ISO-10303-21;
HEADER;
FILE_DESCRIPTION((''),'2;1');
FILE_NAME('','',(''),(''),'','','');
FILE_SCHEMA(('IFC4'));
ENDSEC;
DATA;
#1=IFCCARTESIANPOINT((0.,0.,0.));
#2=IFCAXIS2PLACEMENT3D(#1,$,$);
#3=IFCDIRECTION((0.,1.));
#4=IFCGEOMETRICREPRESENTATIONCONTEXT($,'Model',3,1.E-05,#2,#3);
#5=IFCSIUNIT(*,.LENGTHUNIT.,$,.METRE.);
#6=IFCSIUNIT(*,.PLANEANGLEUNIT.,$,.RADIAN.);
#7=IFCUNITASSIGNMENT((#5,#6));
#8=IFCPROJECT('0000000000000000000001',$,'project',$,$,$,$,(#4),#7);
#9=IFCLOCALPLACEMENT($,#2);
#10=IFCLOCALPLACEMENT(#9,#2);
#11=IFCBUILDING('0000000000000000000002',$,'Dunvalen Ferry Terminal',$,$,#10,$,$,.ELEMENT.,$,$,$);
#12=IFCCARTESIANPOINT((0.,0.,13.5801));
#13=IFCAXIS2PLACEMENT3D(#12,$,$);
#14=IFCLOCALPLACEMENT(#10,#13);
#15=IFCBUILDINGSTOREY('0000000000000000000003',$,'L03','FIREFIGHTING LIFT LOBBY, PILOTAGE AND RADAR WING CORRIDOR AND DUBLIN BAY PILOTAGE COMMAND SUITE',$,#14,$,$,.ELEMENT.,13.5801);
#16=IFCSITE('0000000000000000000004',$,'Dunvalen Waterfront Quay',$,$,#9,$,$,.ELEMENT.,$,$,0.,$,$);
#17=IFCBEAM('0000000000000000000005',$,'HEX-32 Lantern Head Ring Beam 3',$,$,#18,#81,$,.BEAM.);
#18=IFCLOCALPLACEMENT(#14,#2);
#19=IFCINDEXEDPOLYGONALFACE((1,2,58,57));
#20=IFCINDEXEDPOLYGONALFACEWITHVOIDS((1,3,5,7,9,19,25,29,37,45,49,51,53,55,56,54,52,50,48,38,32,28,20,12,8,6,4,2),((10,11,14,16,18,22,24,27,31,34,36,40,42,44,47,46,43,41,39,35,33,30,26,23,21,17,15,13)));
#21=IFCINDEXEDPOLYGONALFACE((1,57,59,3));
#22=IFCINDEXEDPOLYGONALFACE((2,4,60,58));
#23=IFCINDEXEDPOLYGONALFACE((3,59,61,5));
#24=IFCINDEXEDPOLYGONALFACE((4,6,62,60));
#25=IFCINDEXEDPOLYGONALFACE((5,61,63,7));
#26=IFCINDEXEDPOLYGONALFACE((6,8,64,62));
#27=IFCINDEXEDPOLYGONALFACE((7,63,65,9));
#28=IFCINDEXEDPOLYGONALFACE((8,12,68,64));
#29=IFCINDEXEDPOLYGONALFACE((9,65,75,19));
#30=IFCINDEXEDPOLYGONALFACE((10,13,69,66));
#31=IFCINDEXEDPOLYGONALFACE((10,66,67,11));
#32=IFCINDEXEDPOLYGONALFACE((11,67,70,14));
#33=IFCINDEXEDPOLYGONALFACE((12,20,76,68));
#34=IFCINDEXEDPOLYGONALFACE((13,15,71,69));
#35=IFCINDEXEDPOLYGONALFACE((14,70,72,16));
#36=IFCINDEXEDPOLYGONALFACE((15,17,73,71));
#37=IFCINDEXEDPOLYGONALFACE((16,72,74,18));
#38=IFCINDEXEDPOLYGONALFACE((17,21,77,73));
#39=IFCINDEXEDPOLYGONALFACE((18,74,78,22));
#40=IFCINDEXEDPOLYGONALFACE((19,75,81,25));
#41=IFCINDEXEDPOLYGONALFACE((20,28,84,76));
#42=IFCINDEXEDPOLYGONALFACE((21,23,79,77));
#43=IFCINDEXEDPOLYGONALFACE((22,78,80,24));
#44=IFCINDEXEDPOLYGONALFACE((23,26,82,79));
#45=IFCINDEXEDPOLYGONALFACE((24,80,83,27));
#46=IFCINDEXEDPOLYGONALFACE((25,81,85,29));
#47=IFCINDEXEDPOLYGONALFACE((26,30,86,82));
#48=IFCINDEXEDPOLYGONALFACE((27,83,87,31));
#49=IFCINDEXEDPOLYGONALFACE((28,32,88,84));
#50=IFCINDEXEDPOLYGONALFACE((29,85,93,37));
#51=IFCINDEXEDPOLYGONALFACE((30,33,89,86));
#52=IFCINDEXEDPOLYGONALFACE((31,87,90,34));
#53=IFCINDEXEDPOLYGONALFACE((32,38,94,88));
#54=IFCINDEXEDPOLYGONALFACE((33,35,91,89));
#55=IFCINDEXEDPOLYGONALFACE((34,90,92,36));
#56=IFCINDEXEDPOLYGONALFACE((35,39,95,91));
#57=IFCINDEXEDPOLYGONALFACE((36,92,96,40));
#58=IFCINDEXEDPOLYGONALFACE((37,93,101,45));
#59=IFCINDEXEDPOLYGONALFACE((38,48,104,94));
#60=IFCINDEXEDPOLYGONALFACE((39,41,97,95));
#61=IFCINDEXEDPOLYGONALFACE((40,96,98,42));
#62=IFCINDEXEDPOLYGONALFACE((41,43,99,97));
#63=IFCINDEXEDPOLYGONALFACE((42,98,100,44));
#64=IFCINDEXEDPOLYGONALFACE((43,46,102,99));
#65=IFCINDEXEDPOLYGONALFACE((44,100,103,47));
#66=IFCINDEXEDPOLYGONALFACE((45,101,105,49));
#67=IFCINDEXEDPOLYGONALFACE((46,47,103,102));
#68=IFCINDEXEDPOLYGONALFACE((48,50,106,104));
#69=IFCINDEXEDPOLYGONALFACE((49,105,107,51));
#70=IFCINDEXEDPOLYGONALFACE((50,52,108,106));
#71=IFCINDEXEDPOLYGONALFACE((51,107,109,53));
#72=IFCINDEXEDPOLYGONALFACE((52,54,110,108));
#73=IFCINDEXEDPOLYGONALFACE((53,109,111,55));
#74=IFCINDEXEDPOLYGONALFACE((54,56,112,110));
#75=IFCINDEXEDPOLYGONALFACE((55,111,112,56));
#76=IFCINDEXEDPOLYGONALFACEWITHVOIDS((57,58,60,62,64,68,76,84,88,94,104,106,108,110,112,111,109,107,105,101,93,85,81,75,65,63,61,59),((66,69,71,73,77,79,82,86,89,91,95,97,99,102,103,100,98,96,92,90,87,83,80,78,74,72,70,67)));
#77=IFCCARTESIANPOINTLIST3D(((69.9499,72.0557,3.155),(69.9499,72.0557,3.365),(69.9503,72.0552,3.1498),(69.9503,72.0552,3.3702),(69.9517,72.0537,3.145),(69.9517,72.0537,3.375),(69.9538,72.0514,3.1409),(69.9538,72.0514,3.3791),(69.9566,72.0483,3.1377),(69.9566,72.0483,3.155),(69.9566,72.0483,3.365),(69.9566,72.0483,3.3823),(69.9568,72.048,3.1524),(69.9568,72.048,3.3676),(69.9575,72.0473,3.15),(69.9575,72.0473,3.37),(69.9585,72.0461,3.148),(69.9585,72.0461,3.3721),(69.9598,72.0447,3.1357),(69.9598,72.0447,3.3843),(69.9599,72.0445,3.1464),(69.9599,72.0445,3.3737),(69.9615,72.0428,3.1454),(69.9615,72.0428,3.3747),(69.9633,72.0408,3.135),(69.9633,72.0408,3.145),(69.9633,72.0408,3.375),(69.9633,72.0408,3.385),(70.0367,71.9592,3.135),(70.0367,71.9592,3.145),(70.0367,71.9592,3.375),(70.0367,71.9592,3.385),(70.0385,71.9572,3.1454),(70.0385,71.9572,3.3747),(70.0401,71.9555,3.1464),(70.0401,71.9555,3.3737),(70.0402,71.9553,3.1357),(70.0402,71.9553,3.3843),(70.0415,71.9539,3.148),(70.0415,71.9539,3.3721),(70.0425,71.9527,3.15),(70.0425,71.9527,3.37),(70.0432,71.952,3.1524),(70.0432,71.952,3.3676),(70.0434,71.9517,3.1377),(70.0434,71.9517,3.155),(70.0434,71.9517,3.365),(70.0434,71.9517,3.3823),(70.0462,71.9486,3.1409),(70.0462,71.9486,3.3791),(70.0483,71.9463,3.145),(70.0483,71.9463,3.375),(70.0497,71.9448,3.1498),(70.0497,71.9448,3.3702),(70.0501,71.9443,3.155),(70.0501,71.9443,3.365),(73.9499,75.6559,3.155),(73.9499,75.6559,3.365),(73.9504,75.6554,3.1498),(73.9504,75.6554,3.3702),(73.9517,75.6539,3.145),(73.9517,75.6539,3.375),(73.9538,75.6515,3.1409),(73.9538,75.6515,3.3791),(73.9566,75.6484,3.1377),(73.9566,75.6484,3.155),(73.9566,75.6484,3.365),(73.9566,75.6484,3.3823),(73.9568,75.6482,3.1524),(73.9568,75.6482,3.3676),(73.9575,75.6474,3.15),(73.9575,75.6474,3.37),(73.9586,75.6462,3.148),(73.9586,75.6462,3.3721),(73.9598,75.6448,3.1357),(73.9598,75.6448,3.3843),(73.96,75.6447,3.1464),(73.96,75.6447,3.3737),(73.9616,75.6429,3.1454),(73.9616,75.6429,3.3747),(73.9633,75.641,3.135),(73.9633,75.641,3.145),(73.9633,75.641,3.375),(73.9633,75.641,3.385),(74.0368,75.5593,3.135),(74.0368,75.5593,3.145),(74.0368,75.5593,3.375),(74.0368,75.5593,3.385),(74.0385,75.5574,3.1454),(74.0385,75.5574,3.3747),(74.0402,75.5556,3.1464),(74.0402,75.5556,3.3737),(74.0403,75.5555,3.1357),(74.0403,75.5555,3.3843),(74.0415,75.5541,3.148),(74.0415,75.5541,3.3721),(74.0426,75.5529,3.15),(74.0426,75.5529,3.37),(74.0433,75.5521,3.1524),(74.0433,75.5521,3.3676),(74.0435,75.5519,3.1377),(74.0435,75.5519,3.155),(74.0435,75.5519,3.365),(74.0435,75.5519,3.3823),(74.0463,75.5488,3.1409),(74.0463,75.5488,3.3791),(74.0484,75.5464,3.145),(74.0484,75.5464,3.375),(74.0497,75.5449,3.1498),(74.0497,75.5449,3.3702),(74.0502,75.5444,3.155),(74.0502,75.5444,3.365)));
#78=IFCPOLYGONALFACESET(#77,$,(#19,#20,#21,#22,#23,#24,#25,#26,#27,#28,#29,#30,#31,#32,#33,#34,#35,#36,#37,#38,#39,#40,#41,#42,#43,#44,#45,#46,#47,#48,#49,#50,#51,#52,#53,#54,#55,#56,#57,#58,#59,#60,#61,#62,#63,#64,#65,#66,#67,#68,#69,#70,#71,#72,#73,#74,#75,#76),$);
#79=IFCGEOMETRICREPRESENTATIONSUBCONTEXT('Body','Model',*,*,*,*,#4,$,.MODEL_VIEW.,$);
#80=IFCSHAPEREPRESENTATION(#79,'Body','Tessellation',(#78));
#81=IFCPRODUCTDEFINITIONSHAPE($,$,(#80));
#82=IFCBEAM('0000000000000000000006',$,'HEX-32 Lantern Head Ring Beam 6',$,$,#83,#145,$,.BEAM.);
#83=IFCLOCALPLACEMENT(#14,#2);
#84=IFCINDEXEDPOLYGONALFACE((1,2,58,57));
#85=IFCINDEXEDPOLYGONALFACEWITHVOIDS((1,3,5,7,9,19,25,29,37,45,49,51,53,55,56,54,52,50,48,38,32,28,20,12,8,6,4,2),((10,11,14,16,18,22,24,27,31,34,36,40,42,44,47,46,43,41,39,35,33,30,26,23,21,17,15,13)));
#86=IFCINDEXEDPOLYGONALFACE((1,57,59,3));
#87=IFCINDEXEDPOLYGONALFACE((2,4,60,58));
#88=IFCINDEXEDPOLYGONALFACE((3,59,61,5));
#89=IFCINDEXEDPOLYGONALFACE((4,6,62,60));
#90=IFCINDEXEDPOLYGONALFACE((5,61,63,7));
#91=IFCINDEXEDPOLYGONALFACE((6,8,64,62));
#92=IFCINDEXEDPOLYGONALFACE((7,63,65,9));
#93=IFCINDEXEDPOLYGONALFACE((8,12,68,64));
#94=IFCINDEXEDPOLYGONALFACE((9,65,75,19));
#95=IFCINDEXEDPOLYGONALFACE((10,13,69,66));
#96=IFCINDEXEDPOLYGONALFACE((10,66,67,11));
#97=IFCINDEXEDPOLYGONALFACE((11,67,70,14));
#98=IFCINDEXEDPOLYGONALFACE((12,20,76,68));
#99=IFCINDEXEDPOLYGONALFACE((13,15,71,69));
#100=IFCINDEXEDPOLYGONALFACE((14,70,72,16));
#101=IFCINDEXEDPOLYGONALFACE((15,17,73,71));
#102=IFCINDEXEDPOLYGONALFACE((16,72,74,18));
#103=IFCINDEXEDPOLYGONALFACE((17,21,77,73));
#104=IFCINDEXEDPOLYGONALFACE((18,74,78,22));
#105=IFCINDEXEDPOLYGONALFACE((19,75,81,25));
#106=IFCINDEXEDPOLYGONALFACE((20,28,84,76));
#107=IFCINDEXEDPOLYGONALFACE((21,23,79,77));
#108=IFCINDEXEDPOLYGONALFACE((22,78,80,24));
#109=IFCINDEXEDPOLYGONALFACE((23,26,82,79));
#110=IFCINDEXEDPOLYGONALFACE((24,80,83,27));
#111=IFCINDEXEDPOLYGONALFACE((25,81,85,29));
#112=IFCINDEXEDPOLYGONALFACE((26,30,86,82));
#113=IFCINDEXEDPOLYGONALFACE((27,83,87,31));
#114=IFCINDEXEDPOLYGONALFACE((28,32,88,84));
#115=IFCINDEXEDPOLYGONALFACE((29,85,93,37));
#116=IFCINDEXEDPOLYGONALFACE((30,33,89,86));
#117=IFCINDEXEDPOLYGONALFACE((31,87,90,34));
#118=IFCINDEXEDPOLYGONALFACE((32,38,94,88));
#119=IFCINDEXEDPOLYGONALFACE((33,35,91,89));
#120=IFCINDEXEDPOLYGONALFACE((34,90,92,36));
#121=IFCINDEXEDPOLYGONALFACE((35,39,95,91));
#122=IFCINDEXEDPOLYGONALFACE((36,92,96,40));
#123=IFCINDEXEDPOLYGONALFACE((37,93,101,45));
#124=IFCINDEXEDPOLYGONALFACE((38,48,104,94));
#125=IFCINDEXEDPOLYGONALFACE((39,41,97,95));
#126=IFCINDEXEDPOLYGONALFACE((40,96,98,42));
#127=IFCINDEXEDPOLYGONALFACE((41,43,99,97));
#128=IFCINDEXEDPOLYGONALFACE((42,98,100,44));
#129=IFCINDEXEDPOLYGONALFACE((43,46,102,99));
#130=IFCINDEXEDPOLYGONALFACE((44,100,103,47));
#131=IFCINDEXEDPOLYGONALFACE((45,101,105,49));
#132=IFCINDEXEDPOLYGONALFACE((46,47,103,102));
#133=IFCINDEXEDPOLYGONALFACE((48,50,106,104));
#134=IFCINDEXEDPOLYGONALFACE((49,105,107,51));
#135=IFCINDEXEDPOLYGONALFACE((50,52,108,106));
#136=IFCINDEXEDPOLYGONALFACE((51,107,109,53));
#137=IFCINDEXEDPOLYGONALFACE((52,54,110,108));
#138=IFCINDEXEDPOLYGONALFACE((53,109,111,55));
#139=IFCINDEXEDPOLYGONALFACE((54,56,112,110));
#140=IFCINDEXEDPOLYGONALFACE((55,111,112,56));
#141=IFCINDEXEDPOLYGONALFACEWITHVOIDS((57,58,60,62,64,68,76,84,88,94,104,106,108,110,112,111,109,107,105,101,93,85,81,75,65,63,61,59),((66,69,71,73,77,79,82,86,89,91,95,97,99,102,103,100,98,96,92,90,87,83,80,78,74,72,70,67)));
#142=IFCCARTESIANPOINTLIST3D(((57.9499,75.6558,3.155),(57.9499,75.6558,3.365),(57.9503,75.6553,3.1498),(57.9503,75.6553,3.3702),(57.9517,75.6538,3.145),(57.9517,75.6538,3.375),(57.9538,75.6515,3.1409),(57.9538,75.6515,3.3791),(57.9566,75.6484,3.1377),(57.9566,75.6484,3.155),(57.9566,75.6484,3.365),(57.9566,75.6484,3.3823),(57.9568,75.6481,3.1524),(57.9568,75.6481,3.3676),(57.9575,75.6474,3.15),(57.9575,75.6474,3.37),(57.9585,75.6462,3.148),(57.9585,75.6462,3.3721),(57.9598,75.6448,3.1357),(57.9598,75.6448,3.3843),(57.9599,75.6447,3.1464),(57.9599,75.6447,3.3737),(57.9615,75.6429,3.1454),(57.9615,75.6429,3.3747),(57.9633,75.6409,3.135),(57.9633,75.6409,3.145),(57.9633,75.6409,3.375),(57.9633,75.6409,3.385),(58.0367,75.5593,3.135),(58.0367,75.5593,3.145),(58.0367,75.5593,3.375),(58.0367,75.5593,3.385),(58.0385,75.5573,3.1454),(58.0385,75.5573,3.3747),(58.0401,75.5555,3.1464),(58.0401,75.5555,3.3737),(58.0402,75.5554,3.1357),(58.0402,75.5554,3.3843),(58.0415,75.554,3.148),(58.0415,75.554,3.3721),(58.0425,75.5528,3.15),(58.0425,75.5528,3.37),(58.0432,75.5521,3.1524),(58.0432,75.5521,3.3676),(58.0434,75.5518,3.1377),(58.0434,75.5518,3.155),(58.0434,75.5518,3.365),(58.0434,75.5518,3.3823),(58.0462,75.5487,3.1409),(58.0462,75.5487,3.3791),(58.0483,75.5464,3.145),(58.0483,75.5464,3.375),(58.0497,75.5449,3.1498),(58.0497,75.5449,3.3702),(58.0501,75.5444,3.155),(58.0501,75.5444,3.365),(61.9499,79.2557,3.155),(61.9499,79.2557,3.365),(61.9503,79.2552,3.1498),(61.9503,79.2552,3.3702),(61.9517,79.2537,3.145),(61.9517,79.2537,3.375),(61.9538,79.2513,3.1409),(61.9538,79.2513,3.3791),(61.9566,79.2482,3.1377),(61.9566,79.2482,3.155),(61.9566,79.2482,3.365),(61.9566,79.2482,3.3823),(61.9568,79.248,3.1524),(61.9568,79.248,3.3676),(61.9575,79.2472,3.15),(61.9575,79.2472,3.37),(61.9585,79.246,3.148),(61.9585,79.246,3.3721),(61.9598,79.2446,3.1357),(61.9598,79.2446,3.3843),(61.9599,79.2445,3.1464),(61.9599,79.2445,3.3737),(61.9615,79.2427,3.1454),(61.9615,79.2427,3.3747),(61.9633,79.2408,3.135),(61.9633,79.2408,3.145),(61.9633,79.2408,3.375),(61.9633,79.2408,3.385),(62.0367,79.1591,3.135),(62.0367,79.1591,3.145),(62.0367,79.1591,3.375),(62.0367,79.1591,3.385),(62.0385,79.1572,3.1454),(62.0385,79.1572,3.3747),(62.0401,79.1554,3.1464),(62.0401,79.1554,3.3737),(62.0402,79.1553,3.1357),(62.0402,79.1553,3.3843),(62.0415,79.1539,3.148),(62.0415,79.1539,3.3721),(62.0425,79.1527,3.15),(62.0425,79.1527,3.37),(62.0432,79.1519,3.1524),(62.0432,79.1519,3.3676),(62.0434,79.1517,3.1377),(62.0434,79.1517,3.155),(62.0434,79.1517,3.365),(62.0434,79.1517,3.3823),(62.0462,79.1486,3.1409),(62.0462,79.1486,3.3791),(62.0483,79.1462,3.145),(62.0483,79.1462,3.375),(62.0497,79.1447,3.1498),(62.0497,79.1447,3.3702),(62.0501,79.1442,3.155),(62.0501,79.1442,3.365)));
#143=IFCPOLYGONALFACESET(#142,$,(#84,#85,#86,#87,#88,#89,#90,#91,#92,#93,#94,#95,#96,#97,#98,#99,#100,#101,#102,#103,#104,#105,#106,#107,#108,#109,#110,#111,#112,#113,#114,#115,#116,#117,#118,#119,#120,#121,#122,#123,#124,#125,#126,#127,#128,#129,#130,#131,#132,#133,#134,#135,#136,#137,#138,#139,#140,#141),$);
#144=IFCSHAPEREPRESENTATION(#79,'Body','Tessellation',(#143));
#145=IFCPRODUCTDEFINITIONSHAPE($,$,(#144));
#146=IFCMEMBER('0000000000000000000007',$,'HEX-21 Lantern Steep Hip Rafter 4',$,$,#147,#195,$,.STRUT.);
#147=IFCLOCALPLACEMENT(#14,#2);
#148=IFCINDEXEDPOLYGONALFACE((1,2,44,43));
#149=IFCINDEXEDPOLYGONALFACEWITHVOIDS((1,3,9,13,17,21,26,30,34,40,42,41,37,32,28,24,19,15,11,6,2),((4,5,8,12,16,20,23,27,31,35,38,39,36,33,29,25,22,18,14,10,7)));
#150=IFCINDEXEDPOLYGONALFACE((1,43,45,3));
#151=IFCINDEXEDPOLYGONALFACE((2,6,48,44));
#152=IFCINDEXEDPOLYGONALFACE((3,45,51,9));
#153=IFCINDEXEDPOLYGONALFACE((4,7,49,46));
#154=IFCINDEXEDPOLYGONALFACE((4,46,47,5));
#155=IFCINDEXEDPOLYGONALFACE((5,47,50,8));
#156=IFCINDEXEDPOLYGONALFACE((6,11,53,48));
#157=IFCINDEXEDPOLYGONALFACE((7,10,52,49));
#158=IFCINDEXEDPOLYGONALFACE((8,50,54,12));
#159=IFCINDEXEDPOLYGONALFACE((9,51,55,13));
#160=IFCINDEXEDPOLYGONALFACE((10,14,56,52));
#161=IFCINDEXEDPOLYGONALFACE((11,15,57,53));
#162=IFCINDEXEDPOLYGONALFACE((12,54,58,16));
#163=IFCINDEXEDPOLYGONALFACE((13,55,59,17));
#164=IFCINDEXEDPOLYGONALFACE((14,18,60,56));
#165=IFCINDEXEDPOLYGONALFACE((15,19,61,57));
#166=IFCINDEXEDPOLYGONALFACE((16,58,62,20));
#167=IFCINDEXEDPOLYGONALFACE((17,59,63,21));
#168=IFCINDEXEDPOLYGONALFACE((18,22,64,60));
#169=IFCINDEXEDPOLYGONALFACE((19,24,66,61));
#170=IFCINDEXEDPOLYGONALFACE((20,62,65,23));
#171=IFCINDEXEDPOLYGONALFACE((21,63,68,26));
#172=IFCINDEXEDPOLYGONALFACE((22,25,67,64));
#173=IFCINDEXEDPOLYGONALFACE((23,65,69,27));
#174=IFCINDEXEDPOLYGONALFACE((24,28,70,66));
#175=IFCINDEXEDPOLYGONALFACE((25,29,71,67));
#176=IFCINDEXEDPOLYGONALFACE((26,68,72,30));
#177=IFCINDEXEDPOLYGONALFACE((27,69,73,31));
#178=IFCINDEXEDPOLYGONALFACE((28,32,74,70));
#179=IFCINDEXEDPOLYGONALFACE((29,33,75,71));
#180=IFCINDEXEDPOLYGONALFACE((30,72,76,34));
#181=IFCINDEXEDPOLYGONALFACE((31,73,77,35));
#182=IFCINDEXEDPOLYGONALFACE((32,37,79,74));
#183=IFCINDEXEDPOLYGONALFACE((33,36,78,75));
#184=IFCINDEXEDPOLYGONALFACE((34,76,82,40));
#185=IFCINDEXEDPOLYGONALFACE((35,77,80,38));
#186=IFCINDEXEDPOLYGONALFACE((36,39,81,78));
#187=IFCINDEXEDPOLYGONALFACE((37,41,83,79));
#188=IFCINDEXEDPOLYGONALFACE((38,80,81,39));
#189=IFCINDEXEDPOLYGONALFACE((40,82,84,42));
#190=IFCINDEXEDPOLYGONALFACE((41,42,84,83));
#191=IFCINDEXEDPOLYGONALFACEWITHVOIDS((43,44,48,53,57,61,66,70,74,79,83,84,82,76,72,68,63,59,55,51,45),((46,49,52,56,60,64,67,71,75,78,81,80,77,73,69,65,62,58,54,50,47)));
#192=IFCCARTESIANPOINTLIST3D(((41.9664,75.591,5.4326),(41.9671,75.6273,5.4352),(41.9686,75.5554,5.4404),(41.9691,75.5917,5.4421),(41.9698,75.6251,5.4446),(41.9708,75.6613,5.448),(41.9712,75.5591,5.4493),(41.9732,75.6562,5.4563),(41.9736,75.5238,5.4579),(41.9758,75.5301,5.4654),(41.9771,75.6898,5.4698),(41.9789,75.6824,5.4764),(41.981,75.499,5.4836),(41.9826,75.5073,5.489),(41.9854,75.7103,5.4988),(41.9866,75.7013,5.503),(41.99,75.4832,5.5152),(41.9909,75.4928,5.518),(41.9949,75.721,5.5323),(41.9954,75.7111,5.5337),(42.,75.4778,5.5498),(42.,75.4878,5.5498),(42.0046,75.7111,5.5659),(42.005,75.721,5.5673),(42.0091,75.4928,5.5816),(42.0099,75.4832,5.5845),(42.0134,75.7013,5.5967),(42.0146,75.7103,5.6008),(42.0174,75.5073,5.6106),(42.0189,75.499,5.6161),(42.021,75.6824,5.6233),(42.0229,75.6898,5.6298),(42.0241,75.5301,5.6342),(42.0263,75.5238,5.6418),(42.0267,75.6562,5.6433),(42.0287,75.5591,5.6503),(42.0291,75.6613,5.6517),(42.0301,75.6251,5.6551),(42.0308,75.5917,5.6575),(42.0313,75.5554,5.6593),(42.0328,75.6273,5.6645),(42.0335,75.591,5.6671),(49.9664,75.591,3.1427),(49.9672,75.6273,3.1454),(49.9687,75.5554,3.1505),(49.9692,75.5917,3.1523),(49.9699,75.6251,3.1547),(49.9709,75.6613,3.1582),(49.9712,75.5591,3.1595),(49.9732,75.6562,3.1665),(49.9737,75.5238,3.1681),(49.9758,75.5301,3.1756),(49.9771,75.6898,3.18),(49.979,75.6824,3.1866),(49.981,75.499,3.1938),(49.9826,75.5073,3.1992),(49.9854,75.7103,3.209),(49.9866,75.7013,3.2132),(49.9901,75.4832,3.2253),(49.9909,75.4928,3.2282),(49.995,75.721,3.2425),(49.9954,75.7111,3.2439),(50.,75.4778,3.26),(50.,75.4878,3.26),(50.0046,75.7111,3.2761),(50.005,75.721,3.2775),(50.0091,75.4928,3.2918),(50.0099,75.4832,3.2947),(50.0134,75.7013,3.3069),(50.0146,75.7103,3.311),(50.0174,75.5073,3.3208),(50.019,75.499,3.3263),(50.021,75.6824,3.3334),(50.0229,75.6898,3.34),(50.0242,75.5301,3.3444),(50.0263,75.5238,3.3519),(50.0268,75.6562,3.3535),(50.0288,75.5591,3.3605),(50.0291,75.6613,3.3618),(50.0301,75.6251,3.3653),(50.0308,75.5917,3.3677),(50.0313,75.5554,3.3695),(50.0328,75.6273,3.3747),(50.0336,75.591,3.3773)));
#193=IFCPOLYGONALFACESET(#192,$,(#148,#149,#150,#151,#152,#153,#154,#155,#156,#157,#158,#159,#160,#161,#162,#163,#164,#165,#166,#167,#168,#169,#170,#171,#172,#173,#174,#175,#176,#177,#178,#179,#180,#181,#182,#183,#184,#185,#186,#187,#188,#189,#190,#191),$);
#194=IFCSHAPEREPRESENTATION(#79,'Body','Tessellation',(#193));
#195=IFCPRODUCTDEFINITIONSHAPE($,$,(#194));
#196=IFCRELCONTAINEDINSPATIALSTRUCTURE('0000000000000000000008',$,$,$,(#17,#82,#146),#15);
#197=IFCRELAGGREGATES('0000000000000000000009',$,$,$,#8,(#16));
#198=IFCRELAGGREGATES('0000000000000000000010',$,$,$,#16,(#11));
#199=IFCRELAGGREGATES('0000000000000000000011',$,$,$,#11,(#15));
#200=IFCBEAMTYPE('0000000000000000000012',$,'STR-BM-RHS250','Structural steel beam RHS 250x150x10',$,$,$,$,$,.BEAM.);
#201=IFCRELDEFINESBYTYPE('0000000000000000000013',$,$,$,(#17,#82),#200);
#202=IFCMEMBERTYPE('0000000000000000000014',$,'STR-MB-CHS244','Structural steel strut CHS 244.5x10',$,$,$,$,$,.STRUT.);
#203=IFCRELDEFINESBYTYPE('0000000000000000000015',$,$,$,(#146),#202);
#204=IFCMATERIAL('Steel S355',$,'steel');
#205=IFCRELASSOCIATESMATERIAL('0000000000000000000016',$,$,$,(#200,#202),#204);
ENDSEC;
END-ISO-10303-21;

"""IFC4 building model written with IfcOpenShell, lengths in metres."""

from ifc_helpers import new_model, si_unit, direction, frame, origin, origin_2d, place, context, subcontext, project, spatial, hollow_rectangle, hollow_circle, extrude, material, material_profile, profile_set, type_object, element, save


model = new_model("IFC4")

# Units and contexts
model_context = context("Model", 3, precision=1e-05, world=origin(), true_north=direction((0.0, 1.0)))
body_context = subcontext(model_context, "Body", "Model", "MODEL_VIEW")
ifc_project = project(units=[si_unit("LENGTHUNIT", "METRE"), si_unit("PLANEANGLEUNIT", "RADIAN")], contexts=[model_context])

# Site, building, storey
site_placement = place(None, origin())
site = spatial("IfcSite", under=ifc_project, at=site_placement, Name="Dunvalen Waterfront Quay", CompositionType="ELEMENT", RefElevation=0.0)
building_placement = place(site_placement, origin())
building = spatial("IfcBuilding", under=site, at=building_placement, Name="Dunvalen Ferry Terminal", CompositionType="ELEMENT")
storey_placement = place(building_placement, frame((0.0, 0.0, 13.5801)))
storey = spatial("IfcBuildingStorey", under=building, at=storey_placement, Name="L03", Description="FIREFIGHTING LIFT LOBBY, PILOTAGE AND RADAR WING CORRIDOR AND DUBLIN BAY PILOTAGE COMMAND SUITE", CompositionType="ELEMENT", Elevation=13.5801)

# Beams
ifc_material_1 = material(Name="Steel S355", Category="steel")
ifc_material_profile_1 = material_profile(ifc_material_1, hollow_rectangle(XDim=0.1499, YDim=0.25, WallThickness=0.01, InnerFilletRadius=0.01, OuterFilletRadius=0.02, at=origin_2d()), Name="Steel S355")
ifc_profile_set_1 = profile_set([ifc_material_profile_1], Name="Steel S355")
beam_type = type_object("IfcBeamType", Name="STR-BM-RHS250", Description="Structural steel beam RHS 250x150x10", PredefinedType="BEAM", material=ifc_profile_set_1)
beam_1_placement = place(storey_placement, frame((70.0, 72.0, 3.26), z_axis=(0.743285, 0.668975, 0.0), x_axis=(-0.668975, 0.743285, 0.0)))
element("IfcBeam", 1, at=beam_1_placement, inside=storey, type_object=beam_type, Name="HEX-32 Lantern Head Ring Beam 3", PredefinedType="BEAM", context=body_context, shape_type="SweptSolid", body=[
    extrude(hollow_rectangle(XDim=0.1499, YDim=0.25, WallThickness=0.01, InnerFilletRadius=0.01, OuterFilletRadius=0.02, at=origin_2d()), origin(), (0.0, 0.0, 1.0), 5.3816),
])
beam_2_placement = place(storey_placement, frame((62.0, 79.2, 3.26), z_axis=(-0.743308, -0.66895, 0.0), x_axis=(0.66895, -0.743308, 0.0)))
element("IfcBeam", 2, at=beam_2_placement, inside=storey, type_object=beam_type, Name="HEX-32 Lantern Head Ring Beam 6", PredefinedType="BEAM", context=body_context, shape_type="SweptSolid", body=[
    extrude(hollow_rectangle(XDim=0.1499, YDim=0.25, WallThickness=0.01, InnerFilletRadius=0.01, OuterFilletRadius=0.02, at=origin_2d()), origin(), (0.0, 0.0, 1.0), 5.3813),
])

# Member
ifc_material_profile_2 = material_profile(ifc_material_1, hollow_circle(Radius=0.1223, WallThickness=0.01, at=origin_2d()), Name="Steel S355")
ifc_profile_set_2 = profile_set([ifc_material_profile_2], Name="Steel S355")
member_type = type_object("IfcMemberType", Name="STR-MB-CHS244", Description="Structural steel strut CHS 244.5x10", PredefinedType="STRUT", material=ifc_profile_set_2)
member_1_placement = place(storey_placement, frame((50.0, 75.6001, 3.26), z_axis=(-0.961394, 0.0, 0.275174), x_axis=(0.0, -1.0, 0.0)))
element("IfcMember", 3, at=member_1_placement, inside=storey, type_object=member_type, Name="HEX-21 Lantern Steep Hip Rafter 4", PredefinedType="STRUT", context=body_context, shape_type="SweptSolid", body=[
    extrude(hollow_circle(Radius=0.1223, WallThickness=0.01, at=origin_2d()), origin(), (0.0, 0.0, 1.0), 8.3213),
])

save(model, "model.ifc")
